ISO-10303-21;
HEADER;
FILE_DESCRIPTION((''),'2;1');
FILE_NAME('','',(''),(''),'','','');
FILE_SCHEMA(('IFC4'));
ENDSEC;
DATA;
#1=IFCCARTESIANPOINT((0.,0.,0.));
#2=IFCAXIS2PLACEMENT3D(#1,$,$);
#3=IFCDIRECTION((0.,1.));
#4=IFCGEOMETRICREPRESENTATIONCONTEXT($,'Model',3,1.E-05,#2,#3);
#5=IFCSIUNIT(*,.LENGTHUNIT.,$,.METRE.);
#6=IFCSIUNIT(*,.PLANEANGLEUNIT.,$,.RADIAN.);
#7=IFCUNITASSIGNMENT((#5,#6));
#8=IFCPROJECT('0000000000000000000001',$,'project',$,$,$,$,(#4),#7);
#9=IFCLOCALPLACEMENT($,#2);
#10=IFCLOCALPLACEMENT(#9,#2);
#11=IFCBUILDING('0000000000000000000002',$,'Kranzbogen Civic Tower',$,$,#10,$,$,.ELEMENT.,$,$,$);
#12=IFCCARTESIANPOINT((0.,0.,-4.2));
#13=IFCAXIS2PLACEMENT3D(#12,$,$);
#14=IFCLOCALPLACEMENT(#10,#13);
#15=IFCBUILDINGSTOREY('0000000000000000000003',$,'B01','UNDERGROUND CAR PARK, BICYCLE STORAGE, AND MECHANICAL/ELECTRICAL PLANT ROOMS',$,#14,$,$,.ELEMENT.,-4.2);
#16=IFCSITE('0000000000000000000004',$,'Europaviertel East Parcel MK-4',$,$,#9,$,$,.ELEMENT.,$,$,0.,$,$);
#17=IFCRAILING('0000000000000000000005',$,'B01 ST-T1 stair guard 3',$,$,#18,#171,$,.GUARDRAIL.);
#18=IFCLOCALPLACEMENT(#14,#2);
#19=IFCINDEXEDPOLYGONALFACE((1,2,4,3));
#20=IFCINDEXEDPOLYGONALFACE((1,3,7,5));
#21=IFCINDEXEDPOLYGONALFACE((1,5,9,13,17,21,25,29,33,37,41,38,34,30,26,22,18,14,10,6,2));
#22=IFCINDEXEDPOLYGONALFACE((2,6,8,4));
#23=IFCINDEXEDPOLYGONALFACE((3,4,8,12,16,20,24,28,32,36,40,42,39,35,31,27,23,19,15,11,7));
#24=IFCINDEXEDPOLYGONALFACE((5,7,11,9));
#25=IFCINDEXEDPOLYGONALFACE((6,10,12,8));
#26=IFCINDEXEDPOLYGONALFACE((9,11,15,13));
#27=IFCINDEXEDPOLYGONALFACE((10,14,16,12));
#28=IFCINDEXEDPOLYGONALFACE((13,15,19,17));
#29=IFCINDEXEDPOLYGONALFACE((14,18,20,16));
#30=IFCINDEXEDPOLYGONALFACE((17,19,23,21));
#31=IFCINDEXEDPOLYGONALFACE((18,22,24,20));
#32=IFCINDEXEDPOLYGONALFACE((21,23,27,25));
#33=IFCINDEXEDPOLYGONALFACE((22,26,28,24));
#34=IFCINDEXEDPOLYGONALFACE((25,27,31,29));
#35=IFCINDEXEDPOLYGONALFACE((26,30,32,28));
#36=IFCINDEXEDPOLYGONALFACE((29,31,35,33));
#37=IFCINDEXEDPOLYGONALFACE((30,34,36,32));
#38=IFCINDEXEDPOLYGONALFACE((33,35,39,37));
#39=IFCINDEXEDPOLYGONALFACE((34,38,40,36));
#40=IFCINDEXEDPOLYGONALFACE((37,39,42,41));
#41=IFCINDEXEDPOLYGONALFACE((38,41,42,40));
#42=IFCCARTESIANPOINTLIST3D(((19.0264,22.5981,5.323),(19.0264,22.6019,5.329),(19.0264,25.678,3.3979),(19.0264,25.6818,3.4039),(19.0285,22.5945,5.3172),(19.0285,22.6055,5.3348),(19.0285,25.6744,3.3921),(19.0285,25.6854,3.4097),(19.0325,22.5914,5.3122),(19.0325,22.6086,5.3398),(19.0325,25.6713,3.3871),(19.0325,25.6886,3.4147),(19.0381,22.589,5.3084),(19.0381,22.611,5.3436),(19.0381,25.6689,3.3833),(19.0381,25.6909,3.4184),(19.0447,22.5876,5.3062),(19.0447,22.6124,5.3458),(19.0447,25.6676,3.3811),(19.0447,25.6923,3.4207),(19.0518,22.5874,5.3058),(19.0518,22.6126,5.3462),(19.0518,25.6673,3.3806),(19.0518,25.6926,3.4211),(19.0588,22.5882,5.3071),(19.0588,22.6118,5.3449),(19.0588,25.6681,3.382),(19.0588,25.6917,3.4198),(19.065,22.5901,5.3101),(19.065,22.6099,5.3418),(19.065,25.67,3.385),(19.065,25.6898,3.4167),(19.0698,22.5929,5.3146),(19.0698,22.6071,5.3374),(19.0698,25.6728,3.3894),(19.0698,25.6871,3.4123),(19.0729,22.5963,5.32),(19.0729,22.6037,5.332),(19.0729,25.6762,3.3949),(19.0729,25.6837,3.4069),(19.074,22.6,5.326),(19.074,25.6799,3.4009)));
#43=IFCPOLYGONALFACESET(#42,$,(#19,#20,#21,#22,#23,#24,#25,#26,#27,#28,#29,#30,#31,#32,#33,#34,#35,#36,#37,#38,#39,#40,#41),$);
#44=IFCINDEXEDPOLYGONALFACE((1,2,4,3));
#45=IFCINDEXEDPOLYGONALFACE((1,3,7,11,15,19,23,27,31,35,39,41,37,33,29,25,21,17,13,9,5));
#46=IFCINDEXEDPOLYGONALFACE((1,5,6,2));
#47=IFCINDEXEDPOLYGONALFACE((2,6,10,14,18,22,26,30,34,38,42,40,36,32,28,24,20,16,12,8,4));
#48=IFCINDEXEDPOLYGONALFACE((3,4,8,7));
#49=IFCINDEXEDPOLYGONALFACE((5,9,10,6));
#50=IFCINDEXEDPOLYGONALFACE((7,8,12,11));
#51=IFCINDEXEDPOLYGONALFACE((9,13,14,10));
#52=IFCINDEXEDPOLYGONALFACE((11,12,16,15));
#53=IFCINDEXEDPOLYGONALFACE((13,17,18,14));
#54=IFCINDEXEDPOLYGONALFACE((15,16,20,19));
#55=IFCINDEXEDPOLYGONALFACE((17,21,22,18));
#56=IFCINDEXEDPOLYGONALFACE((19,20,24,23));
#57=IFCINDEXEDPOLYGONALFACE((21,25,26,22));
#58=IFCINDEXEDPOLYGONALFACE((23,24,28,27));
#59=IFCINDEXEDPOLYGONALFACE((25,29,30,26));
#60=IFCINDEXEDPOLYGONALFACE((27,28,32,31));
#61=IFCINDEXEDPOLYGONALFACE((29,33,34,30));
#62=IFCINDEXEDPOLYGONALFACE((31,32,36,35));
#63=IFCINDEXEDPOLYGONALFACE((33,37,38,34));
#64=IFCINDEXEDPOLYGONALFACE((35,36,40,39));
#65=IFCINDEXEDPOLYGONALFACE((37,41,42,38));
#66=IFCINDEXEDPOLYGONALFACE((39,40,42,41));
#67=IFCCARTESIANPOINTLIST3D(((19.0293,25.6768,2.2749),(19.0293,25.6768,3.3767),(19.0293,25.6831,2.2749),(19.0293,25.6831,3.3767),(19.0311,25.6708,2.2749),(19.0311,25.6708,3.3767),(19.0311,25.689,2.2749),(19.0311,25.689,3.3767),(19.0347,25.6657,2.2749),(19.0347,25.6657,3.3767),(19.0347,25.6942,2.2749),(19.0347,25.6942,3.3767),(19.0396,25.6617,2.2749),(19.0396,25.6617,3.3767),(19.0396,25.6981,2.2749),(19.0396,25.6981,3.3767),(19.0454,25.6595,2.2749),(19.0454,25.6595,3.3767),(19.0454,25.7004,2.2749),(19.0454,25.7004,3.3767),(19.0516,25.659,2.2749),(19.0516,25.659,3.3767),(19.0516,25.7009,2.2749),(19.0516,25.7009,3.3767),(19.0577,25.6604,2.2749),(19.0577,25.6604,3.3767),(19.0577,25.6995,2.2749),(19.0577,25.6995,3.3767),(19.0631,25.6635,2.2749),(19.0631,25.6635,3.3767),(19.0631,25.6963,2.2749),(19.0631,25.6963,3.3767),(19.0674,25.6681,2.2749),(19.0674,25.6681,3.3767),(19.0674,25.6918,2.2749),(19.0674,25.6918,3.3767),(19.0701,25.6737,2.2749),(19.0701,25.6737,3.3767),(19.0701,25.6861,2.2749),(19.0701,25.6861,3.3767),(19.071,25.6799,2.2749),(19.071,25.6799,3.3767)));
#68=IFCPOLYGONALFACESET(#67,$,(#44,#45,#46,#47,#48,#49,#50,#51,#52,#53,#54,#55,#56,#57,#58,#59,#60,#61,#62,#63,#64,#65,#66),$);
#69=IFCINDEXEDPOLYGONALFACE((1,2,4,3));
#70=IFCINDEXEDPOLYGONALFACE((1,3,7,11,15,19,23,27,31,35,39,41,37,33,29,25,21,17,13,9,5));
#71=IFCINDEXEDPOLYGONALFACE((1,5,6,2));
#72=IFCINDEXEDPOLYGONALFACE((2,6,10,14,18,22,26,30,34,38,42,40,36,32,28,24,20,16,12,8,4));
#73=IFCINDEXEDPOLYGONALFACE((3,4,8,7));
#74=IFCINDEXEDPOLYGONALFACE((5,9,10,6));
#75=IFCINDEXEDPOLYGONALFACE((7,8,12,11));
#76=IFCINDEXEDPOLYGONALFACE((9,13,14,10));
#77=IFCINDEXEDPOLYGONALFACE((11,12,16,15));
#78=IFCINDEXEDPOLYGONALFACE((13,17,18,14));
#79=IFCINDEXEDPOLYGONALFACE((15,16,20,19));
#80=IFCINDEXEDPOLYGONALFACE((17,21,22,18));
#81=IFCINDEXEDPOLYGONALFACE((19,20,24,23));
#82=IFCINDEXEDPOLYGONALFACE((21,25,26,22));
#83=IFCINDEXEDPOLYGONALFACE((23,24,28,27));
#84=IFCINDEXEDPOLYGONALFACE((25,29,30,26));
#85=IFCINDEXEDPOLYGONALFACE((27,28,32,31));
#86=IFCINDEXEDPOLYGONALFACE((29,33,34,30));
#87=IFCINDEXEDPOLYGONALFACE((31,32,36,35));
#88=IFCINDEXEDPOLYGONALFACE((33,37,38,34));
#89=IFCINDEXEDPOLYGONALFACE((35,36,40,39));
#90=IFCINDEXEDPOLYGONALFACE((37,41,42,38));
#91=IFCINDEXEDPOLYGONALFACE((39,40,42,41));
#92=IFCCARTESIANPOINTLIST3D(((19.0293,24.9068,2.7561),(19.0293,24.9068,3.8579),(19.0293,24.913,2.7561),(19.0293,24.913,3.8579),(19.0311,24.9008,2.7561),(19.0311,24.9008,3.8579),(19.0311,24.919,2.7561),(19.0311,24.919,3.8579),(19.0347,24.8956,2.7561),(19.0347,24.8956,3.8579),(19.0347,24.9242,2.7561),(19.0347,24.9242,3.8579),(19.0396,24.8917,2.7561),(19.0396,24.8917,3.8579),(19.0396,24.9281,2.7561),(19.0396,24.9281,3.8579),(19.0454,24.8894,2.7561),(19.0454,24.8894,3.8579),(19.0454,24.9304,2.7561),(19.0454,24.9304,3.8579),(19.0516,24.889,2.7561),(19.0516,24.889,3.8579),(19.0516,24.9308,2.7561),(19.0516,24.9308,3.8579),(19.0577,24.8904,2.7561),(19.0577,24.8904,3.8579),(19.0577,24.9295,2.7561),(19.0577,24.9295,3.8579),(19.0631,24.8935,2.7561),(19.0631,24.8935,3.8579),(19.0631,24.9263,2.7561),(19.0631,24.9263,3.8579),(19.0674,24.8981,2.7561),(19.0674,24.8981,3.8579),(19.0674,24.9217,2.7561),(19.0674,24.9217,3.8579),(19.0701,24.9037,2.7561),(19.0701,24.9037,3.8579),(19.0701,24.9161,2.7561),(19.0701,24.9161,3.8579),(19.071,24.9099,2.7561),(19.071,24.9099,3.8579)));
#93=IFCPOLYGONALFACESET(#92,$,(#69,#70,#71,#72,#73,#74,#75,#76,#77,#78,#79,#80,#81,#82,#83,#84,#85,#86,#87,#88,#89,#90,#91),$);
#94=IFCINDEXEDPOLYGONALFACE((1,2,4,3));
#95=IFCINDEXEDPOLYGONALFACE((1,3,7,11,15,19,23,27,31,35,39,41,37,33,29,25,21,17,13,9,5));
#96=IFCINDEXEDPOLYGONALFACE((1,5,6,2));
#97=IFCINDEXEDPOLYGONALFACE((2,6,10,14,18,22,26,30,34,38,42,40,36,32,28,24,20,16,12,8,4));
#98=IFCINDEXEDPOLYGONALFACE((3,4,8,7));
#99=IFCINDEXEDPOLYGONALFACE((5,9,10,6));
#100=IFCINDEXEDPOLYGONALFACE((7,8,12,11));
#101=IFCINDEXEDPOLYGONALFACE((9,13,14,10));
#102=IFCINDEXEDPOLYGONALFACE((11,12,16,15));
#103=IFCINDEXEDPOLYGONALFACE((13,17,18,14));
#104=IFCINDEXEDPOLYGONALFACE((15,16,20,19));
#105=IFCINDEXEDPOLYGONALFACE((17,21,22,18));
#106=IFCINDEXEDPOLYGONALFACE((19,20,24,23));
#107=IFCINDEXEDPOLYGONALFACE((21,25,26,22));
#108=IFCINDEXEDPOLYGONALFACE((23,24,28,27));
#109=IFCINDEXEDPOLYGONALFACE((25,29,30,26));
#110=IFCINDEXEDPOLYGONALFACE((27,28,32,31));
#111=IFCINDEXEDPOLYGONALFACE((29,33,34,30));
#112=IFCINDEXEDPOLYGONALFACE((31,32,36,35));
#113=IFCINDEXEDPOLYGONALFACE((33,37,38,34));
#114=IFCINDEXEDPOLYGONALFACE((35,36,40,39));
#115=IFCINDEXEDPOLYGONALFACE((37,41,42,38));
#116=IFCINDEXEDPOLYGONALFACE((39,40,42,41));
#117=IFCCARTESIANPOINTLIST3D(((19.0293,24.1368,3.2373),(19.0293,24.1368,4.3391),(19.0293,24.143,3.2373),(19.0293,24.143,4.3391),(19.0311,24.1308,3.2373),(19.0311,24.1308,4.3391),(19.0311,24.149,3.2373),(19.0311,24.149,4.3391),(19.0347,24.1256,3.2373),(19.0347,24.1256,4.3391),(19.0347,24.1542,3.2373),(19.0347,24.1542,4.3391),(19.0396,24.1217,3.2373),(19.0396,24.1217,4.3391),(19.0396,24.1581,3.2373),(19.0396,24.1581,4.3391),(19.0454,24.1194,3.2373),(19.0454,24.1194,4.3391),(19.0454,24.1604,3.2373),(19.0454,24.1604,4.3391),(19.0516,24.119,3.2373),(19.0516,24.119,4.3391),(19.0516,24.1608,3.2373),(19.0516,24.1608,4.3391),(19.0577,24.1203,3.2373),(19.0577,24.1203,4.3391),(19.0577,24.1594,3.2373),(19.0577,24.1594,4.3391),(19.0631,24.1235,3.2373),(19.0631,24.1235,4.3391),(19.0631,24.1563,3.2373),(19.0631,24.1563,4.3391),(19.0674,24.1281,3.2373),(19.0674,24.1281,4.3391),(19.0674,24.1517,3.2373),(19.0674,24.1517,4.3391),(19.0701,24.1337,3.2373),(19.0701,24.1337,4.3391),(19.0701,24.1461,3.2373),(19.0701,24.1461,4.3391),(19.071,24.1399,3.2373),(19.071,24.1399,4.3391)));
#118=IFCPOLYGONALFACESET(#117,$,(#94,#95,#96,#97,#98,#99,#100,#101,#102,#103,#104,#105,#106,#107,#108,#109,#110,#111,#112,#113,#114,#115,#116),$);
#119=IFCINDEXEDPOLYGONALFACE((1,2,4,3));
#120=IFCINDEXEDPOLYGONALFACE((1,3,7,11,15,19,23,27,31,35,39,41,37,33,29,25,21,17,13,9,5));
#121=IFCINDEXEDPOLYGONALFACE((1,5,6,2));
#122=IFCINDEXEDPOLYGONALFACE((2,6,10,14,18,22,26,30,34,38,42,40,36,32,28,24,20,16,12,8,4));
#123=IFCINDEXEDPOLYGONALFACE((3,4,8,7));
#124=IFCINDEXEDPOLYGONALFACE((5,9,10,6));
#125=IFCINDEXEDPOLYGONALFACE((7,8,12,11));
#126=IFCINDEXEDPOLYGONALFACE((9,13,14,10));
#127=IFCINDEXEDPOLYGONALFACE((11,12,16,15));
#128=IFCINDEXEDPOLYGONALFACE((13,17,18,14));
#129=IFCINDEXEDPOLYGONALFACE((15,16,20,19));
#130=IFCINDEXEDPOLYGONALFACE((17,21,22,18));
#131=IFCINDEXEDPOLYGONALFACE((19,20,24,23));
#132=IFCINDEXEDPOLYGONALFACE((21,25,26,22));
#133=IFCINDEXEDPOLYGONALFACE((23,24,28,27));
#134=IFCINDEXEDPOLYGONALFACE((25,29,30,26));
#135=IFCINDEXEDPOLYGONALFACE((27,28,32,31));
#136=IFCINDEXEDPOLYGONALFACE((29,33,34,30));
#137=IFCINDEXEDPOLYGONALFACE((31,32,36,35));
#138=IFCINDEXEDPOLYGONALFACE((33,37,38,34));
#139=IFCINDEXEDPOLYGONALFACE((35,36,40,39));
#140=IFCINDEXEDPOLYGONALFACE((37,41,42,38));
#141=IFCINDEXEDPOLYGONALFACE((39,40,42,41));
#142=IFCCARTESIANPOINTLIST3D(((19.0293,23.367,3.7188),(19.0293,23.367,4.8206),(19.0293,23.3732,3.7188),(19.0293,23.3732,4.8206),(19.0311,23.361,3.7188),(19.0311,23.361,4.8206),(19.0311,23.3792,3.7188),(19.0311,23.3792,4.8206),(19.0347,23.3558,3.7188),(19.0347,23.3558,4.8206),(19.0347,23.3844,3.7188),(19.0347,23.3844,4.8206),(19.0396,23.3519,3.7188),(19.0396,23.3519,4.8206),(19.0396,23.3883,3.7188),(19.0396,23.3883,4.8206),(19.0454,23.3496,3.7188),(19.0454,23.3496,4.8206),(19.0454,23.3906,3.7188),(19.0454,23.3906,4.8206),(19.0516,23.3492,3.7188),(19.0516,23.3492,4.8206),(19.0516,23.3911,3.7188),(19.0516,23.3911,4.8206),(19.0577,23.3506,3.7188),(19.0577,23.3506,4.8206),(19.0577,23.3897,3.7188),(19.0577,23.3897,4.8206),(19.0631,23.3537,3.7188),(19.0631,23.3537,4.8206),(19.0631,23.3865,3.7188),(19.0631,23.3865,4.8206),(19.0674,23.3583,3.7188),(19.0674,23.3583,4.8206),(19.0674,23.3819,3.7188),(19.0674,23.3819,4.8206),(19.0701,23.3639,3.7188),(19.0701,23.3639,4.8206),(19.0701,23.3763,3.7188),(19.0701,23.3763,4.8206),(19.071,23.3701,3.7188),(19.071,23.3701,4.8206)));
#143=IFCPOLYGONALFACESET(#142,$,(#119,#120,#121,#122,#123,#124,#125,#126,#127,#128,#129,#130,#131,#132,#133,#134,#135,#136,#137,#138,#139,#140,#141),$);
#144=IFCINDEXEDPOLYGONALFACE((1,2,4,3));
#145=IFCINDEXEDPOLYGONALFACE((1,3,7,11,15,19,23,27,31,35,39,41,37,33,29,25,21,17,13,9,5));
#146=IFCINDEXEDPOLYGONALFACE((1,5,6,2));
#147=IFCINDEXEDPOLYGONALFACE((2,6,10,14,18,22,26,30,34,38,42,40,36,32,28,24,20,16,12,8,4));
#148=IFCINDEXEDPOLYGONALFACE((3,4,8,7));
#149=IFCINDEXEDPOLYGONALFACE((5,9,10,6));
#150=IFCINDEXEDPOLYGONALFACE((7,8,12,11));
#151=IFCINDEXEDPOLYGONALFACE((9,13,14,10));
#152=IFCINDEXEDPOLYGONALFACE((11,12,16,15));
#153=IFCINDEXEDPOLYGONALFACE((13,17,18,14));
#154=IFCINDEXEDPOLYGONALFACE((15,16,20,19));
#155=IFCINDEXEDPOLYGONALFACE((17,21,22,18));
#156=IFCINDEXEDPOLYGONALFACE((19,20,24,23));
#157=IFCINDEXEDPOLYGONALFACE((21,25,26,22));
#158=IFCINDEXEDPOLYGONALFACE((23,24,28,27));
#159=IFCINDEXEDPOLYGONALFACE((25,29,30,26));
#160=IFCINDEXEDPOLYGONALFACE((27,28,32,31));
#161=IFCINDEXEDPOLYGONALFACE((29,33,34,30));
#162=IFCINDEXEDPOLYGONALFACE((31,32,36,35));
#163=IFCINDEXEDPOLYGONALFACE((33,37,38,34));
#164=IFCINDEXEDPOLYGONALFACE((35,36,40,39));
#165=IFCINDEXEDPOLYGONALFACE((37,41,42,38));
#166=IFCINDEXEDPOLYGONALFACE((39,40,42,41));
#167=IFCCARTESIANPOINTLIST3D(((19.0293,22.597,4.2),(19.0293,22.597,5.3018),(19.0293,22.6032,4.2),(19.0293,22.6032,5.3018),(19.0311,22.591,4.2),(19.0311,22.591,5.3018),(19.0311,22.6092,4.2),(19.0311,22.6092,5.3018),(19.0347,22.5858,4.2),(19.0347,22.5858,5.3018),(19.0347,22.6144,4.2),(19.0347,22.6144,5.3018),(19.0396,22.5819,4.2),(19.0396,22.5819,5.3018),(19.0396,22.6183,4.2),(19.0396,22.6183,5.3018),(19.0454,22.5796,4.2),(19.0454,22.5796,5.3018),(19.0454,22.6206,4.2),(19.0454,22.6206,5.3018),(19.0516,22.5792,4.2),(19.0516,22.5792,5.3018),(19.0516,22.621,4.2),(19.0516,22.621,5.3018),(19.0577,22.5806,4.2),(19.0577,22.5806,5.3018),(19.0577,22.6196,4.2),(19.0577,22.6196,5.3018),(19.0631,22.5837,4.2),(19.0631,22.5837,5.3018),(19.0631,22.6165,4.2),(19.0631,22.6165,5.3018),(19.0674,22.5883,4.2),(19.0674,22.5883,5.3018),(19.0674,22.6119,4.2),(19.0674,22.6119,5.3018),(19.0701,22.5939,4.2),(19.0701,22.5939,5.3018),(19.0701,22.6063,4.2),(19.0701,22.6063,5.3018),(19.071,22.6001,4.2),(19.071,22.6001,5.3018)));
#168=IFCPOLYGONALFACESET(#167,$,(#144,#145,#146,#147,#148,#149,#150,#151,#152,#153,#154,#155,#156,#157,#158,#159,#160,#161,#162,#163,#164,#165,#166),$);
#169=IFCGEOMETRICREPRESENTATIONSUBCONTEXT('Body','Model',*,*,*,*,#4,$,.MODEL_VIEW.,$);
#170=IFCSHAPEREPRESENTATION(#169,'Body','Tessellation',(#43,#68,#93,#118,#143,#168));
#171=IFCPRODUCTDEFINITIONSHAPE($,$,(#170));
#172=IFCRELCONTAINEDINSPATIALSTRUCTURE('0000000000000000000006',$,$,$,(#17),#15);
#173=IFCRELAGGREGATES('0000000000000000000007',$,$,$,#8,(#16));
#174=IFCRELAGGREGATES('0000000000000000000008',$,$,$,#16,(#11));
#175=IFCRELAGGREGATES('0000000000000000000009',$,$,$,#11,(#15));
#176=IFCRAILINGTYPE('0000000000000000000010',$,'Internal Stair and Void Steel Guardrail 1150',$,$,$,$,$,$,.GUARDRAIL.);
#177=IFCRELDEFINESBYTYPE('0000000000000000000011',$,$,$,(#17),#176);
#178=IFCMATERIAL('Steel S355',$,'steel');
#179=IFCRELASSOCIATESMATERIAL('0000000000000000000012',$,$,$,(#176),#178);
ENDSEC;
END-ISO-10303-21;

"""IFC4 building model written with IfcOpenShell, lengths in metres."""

from ifc_helpers import new_model, si_unit, direction, frame, origin, origin_2d, place, context, subcontext, project, spatial, circle, extrude, material, type_object, element, save


model = new_model("IFC4")

# Units and contexts
model_context = context("Model", 3, precision=1e-05, world=origin(), true_north=direction((0.0, 1.0)))
body_context = subcontext(model_context, "Body", "Model", "MODEL_VIEW")
ifc_project = project(units=[si_unit("LENGTHUNIT", "METRE"), si_unit("PLANEANGLEUNIT", "RADIAN")], contexts=[model_context])

# Site, building, storey
site_placement = place(None, origin())
site = spatial("IfcSite", under=ifc_project, at=site_placement, Name="Europaviertel East Parcel MK-4", CompositionType="ELEMENT", RefElevation=0.0)
building_placement = place(site_placement, origin())
building = spatial("IfcBuilding", under=site, at=building_placement, Name="Kranzbogen Civic Tower", CompositionType="ELEMENT")
storey_placement = place(building_placement, frame((0.0, 0.0, -4.2)))
storey = spatial("IfcBuildingStorey", under=building, at=storey_placement, Name="B01", Description="UNDERGROUND CAR PARK, BICYCLE STORAGE, AND MECHANICAL/ELECTRICAL PLANT ROOMS", CompositionType="ELEMENT", Elevation=-4.2)

# Shared definitions
ifc_material_1 = material(Name="Steel S355", Category="steel")

# Railing
railing_type_1 = type_object("IfcRailingType", Name="Internal Stair and Void Steel Guardrail 1150", PredefinedType="GUARDRAIL", material=ifc_material_1)
railing_1_placement = place(storey_placement, frame((19.05, 25.6799, 2.2749)))
element("IfcRailing", 1, at=railing_1_placement, inside=storey, type_object=railing_type_1, Name="B01 ST-T1 stair guard 3", PredefinedType="GUARDRAIL", context=body_context, shape_type="SweptSolid", body=[
    extrude(circle(Radius=0.0239, at=origin_2d()), frame((0.0, 0.0, 1.126), z_axis=(0.0, -0.847979, 0.530029), x_axis=(1.0, 0.0, 0.0)), (0.0, 0.0, 1.0), 3.6321),
    extrude(circle(Radius=0.021, at=origin_2d()), origin(), (0.0, 0.0, 1.0), 1.1018),
    extrude(circle(Radius=0.021, at=origin_2d()), frame((0.0, -0.77, 0.4812)), (0.0, 0.0, 1.0), 1.1018),
    extrude(circle(Radius=0.021, at=origin_2d()), frame((0.0, -1.54, 0.9624)), (0.0, 0.0, 1.0), 1.1018),
    extrude(circle(Radius=0.021, at=origin_2d()), frame((0.0, -2.3098, 1.4438)), (0.0, 0.0, 1.0), 1.1018),
    extrude(circle(Radius=0.021, at=origin_2d()), frame((0.0, -3.0798, 1.925)), (0.0, 0.0, 1.0), 1.1018),
])

save(model, "model.ifc")
